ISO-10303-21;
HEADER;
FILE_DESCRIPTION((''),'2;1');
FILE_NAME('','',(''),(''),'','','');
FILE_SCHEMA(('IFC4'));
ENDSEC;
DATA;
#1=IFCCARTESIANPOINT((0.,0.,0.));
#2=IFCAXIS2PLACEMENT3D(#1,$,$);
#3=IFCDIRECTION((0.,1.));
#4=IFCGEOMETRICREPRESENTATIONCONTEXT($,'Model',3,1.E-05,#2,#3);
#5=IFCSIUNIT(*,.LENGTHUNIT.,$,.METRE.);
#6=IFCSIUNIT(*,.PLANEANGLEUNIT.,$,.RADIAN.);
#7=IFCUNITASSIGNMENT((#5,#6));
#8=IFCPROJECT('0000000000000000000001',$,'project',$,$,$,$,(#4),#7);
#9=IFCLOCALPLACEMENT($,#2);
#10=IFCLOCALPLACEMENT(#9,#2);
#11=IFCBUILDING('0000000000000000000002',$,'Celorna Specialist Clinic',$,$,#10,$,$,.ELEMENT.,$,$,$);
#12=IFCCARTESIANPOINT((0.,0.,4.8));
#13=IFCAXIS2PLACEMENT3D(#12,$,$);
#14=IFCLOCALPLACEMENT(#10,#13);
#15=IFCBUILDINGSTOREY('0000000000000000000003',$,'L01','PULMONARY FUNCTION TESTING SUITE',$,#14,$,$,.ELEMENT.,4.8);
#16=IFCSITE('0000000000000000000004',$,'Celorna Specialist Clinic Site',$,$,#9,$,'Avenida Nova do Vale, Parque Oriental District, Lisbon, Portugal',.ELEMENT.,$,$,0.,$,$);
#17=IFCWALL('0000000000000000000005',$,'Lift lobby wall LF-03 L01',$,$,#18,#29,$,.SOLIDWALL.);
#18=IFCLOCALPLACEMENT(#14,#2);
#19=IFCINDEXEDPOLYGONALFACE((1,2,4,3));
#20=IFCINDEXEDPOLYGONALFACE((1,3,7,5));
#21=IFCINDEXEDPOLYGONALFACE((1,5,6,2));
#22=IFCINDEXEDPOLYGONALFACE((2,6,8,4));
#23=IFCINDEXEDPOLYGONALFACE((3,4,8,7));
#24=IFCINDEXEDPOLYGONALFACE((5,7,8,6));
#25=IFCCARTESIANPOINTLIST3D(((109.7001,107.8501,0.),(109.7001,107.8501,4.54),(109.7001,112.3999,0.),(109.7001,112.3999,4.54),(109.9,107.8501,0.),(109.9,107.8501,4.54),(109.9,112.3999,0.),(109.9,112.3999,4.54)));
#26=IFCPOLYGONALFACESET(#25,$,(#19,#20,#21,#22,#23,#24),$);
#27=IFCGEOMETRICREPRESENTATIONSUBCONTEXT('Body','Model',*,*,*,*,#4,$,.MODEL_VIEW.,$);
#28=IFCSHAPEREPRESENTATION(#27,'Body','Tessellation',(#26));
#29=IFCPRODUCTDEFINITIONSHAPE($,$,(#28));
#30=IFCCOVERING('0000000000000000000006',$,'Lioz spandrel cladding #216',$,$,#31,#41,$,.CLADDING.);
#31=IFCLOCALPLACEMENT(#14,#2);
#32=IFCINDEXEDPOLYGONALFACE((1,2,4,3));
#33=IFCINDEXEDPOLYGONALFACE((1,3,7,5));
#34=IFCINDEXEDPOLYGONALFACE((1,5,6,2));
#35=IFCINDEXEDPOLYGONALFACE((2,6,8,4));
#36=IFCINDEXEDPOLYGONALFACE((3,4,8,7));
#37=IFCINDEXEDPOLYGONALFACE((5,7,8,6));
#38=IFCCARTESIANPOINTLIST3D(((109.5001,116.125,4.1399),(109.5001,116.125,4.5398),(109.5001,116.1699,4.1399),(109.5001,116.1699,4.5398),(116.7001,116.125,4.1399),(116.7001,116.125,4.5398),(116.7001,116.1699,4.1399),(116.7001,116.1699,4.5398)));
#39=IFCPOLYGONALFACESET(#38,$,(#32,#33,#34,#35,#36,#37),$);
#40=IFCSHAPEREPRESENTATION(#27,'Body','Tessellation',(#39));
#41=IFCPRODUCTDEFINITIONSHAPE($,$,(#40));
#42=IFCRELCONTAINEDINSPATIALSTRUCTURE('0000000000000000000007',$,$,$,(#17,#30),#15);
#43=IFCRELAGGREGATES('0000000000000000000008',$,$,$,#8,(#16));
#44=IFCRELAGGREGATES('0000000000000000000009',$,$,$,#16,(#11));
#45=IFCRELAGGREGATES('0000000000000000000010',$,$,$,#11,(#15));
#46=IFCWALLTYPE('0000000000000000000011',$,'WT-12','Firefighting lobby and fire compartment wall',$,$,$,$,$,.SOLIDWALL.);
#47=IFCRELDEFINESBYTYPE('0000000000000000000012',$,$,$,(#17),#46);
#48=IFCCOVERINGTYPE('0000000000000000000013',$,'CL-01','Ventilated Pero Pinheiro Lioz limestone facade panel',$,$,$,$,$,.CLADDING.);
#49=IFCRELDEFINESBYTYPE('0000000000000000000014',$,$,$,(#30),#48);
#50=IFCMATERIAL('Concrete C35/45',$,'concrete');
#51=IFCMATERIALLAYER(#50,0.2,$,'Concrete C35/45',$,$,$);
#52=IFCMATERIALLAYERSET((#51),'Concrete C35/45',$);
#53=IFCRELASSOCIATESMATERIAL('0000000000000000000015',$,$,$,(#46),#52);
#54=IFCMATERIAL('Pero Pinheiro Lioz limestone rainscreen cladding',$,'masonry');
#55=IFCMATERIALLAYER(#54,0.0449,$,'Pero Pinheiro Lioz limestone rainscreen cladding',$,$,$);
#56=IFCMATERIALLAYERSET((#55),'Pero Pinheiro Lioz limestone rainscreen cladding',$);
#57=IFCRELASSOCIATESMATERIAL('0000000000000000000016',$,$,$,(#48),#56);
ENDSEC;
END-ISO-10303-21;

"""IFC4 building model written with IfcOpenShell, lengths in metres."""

from ifc_helpers import new_model, si_unit, direction, frame, frame_2d, origin, origin_2d, place, context, subcontext, project, spatial, rectangle, extrude, material, layer, layer_set, type_object, element, save


model = new_model("IFC4")

# Units and contexts
model_context = context("Model", 3, precision=1e-05, world=origin(), true_north=direction((0.0, 1.0)))
body_context = subcontext(model_context, "Body", "Model", "MODEL_VIEW")
ifc_project = project(units=[si_unit("LENGTHUNIT", "METRE"), si_unit("PLANEANGLEUNIT", "RADIAN")], contexts=[model_context])

# Site, building, storey
site_placement = place(None, origin())
site = spatial("IfcSite", under=ifc_project, at=site_placement, Name="Celorna Specialist Clinic Site", LongName="Avenida Nova do Vale, Parque Oriental District, Lisbon, Portugal", CompositionType="ELEMENT", RefElevation=0.0)
building_placement = place(site_placement, origin())
building = spatial("IfcBuilding", under=site, at=building_placement, Name="Celorna Specialist Clinic", CompositionType="ELEMENT")
storey_placement = place(building_placement, frame((0.0, 0.0, 4.8)))
storey = spatial("IfcBuildingStorey", under=building, at=storey_placement, Name="L01", Description="PULMONARY FUNCTION TESTING SUITE", CompositionType="ELEMENT", Elevation=4.8)

# Shared definitions
ifc_material_1 = material(Name="Concrete C35/45", Category="concrete")

# Wall
ifc_layer_1 = layer(ifc_material_1, 0.2, Name="Concrete C35/45")
ifc_layer_set_1 = layer_set([ifc_layer_1], Name="Concrete C35/45")
wall_type_1 = type_object("IfcWallType", Name="WT-12", Description="Firefighting lobby and fire compartment wall", PredefinedType="SOLIDWALL", material=ifc_layer_set_1)
wall_1_placement = place(storey_placement, frame((109.8, 112.3999, 0.0), z_axis=(0.0, 0.0, 1.0), x_axis=(0.0, -1.0, 0.0)))
element("IfcWall", 1, at=wall_1_placement, inside=storey, type_object=wall_type_1, Name="Lift lobby wall LF-03 L01", PredefinedType="SOLIDWALL", context=body_context, shape_type="SweptSolid", body=[
    extrude(rectangle(XDim=4.5498, YDim=0.2, at=frame_2d((2.2749, 0.0))), origin(), (0.0, 0.0, 1.0), 4.54),
])

# Covering
ifc_material_2 = material(Name="Pero Pinheiro Lioz limestone rainscreen cladding", Category="masonry")
ifc_layer_2 = layer(ifc_material_2, 0.0449, Name="Pero Pinheiro Lioz limestone rainscreen cladding")
ifc_layer_set_2 = layer_set([ifc_layer_2], Name="Pero Pinheiro Lioz limestone rainscreen cladding")
covering_type = type_object("IfcCoveringType", Name="CL-01", Description="Ventilated Pero Pinheiro Lioz limestone facade panel", PredefinedType="CLADDING", material=ifc_layer_set_2)
covering_placement = place(storey_placement, frame((113.1001, 116.1475, 4.1399), z_axis=(0.0, 0.0, 1.0), x_axis=(1.0, 0.0, 0.0)))
element("IfcCovering", 2, at=covering_placement, inside=storey, type_object=covering_type, Name="Lioz spandrel cladding #216", PredefinedType="CLADDING", context=body_context, shape_type="SweptSolid", body=[
    extrude(rectangle(XDim=7.2, YDim=0.0449, at=origin_2d()), origin(), (0.0, 0.0, 1.0), 0.3999),
])

save(model, "model.ifc")
